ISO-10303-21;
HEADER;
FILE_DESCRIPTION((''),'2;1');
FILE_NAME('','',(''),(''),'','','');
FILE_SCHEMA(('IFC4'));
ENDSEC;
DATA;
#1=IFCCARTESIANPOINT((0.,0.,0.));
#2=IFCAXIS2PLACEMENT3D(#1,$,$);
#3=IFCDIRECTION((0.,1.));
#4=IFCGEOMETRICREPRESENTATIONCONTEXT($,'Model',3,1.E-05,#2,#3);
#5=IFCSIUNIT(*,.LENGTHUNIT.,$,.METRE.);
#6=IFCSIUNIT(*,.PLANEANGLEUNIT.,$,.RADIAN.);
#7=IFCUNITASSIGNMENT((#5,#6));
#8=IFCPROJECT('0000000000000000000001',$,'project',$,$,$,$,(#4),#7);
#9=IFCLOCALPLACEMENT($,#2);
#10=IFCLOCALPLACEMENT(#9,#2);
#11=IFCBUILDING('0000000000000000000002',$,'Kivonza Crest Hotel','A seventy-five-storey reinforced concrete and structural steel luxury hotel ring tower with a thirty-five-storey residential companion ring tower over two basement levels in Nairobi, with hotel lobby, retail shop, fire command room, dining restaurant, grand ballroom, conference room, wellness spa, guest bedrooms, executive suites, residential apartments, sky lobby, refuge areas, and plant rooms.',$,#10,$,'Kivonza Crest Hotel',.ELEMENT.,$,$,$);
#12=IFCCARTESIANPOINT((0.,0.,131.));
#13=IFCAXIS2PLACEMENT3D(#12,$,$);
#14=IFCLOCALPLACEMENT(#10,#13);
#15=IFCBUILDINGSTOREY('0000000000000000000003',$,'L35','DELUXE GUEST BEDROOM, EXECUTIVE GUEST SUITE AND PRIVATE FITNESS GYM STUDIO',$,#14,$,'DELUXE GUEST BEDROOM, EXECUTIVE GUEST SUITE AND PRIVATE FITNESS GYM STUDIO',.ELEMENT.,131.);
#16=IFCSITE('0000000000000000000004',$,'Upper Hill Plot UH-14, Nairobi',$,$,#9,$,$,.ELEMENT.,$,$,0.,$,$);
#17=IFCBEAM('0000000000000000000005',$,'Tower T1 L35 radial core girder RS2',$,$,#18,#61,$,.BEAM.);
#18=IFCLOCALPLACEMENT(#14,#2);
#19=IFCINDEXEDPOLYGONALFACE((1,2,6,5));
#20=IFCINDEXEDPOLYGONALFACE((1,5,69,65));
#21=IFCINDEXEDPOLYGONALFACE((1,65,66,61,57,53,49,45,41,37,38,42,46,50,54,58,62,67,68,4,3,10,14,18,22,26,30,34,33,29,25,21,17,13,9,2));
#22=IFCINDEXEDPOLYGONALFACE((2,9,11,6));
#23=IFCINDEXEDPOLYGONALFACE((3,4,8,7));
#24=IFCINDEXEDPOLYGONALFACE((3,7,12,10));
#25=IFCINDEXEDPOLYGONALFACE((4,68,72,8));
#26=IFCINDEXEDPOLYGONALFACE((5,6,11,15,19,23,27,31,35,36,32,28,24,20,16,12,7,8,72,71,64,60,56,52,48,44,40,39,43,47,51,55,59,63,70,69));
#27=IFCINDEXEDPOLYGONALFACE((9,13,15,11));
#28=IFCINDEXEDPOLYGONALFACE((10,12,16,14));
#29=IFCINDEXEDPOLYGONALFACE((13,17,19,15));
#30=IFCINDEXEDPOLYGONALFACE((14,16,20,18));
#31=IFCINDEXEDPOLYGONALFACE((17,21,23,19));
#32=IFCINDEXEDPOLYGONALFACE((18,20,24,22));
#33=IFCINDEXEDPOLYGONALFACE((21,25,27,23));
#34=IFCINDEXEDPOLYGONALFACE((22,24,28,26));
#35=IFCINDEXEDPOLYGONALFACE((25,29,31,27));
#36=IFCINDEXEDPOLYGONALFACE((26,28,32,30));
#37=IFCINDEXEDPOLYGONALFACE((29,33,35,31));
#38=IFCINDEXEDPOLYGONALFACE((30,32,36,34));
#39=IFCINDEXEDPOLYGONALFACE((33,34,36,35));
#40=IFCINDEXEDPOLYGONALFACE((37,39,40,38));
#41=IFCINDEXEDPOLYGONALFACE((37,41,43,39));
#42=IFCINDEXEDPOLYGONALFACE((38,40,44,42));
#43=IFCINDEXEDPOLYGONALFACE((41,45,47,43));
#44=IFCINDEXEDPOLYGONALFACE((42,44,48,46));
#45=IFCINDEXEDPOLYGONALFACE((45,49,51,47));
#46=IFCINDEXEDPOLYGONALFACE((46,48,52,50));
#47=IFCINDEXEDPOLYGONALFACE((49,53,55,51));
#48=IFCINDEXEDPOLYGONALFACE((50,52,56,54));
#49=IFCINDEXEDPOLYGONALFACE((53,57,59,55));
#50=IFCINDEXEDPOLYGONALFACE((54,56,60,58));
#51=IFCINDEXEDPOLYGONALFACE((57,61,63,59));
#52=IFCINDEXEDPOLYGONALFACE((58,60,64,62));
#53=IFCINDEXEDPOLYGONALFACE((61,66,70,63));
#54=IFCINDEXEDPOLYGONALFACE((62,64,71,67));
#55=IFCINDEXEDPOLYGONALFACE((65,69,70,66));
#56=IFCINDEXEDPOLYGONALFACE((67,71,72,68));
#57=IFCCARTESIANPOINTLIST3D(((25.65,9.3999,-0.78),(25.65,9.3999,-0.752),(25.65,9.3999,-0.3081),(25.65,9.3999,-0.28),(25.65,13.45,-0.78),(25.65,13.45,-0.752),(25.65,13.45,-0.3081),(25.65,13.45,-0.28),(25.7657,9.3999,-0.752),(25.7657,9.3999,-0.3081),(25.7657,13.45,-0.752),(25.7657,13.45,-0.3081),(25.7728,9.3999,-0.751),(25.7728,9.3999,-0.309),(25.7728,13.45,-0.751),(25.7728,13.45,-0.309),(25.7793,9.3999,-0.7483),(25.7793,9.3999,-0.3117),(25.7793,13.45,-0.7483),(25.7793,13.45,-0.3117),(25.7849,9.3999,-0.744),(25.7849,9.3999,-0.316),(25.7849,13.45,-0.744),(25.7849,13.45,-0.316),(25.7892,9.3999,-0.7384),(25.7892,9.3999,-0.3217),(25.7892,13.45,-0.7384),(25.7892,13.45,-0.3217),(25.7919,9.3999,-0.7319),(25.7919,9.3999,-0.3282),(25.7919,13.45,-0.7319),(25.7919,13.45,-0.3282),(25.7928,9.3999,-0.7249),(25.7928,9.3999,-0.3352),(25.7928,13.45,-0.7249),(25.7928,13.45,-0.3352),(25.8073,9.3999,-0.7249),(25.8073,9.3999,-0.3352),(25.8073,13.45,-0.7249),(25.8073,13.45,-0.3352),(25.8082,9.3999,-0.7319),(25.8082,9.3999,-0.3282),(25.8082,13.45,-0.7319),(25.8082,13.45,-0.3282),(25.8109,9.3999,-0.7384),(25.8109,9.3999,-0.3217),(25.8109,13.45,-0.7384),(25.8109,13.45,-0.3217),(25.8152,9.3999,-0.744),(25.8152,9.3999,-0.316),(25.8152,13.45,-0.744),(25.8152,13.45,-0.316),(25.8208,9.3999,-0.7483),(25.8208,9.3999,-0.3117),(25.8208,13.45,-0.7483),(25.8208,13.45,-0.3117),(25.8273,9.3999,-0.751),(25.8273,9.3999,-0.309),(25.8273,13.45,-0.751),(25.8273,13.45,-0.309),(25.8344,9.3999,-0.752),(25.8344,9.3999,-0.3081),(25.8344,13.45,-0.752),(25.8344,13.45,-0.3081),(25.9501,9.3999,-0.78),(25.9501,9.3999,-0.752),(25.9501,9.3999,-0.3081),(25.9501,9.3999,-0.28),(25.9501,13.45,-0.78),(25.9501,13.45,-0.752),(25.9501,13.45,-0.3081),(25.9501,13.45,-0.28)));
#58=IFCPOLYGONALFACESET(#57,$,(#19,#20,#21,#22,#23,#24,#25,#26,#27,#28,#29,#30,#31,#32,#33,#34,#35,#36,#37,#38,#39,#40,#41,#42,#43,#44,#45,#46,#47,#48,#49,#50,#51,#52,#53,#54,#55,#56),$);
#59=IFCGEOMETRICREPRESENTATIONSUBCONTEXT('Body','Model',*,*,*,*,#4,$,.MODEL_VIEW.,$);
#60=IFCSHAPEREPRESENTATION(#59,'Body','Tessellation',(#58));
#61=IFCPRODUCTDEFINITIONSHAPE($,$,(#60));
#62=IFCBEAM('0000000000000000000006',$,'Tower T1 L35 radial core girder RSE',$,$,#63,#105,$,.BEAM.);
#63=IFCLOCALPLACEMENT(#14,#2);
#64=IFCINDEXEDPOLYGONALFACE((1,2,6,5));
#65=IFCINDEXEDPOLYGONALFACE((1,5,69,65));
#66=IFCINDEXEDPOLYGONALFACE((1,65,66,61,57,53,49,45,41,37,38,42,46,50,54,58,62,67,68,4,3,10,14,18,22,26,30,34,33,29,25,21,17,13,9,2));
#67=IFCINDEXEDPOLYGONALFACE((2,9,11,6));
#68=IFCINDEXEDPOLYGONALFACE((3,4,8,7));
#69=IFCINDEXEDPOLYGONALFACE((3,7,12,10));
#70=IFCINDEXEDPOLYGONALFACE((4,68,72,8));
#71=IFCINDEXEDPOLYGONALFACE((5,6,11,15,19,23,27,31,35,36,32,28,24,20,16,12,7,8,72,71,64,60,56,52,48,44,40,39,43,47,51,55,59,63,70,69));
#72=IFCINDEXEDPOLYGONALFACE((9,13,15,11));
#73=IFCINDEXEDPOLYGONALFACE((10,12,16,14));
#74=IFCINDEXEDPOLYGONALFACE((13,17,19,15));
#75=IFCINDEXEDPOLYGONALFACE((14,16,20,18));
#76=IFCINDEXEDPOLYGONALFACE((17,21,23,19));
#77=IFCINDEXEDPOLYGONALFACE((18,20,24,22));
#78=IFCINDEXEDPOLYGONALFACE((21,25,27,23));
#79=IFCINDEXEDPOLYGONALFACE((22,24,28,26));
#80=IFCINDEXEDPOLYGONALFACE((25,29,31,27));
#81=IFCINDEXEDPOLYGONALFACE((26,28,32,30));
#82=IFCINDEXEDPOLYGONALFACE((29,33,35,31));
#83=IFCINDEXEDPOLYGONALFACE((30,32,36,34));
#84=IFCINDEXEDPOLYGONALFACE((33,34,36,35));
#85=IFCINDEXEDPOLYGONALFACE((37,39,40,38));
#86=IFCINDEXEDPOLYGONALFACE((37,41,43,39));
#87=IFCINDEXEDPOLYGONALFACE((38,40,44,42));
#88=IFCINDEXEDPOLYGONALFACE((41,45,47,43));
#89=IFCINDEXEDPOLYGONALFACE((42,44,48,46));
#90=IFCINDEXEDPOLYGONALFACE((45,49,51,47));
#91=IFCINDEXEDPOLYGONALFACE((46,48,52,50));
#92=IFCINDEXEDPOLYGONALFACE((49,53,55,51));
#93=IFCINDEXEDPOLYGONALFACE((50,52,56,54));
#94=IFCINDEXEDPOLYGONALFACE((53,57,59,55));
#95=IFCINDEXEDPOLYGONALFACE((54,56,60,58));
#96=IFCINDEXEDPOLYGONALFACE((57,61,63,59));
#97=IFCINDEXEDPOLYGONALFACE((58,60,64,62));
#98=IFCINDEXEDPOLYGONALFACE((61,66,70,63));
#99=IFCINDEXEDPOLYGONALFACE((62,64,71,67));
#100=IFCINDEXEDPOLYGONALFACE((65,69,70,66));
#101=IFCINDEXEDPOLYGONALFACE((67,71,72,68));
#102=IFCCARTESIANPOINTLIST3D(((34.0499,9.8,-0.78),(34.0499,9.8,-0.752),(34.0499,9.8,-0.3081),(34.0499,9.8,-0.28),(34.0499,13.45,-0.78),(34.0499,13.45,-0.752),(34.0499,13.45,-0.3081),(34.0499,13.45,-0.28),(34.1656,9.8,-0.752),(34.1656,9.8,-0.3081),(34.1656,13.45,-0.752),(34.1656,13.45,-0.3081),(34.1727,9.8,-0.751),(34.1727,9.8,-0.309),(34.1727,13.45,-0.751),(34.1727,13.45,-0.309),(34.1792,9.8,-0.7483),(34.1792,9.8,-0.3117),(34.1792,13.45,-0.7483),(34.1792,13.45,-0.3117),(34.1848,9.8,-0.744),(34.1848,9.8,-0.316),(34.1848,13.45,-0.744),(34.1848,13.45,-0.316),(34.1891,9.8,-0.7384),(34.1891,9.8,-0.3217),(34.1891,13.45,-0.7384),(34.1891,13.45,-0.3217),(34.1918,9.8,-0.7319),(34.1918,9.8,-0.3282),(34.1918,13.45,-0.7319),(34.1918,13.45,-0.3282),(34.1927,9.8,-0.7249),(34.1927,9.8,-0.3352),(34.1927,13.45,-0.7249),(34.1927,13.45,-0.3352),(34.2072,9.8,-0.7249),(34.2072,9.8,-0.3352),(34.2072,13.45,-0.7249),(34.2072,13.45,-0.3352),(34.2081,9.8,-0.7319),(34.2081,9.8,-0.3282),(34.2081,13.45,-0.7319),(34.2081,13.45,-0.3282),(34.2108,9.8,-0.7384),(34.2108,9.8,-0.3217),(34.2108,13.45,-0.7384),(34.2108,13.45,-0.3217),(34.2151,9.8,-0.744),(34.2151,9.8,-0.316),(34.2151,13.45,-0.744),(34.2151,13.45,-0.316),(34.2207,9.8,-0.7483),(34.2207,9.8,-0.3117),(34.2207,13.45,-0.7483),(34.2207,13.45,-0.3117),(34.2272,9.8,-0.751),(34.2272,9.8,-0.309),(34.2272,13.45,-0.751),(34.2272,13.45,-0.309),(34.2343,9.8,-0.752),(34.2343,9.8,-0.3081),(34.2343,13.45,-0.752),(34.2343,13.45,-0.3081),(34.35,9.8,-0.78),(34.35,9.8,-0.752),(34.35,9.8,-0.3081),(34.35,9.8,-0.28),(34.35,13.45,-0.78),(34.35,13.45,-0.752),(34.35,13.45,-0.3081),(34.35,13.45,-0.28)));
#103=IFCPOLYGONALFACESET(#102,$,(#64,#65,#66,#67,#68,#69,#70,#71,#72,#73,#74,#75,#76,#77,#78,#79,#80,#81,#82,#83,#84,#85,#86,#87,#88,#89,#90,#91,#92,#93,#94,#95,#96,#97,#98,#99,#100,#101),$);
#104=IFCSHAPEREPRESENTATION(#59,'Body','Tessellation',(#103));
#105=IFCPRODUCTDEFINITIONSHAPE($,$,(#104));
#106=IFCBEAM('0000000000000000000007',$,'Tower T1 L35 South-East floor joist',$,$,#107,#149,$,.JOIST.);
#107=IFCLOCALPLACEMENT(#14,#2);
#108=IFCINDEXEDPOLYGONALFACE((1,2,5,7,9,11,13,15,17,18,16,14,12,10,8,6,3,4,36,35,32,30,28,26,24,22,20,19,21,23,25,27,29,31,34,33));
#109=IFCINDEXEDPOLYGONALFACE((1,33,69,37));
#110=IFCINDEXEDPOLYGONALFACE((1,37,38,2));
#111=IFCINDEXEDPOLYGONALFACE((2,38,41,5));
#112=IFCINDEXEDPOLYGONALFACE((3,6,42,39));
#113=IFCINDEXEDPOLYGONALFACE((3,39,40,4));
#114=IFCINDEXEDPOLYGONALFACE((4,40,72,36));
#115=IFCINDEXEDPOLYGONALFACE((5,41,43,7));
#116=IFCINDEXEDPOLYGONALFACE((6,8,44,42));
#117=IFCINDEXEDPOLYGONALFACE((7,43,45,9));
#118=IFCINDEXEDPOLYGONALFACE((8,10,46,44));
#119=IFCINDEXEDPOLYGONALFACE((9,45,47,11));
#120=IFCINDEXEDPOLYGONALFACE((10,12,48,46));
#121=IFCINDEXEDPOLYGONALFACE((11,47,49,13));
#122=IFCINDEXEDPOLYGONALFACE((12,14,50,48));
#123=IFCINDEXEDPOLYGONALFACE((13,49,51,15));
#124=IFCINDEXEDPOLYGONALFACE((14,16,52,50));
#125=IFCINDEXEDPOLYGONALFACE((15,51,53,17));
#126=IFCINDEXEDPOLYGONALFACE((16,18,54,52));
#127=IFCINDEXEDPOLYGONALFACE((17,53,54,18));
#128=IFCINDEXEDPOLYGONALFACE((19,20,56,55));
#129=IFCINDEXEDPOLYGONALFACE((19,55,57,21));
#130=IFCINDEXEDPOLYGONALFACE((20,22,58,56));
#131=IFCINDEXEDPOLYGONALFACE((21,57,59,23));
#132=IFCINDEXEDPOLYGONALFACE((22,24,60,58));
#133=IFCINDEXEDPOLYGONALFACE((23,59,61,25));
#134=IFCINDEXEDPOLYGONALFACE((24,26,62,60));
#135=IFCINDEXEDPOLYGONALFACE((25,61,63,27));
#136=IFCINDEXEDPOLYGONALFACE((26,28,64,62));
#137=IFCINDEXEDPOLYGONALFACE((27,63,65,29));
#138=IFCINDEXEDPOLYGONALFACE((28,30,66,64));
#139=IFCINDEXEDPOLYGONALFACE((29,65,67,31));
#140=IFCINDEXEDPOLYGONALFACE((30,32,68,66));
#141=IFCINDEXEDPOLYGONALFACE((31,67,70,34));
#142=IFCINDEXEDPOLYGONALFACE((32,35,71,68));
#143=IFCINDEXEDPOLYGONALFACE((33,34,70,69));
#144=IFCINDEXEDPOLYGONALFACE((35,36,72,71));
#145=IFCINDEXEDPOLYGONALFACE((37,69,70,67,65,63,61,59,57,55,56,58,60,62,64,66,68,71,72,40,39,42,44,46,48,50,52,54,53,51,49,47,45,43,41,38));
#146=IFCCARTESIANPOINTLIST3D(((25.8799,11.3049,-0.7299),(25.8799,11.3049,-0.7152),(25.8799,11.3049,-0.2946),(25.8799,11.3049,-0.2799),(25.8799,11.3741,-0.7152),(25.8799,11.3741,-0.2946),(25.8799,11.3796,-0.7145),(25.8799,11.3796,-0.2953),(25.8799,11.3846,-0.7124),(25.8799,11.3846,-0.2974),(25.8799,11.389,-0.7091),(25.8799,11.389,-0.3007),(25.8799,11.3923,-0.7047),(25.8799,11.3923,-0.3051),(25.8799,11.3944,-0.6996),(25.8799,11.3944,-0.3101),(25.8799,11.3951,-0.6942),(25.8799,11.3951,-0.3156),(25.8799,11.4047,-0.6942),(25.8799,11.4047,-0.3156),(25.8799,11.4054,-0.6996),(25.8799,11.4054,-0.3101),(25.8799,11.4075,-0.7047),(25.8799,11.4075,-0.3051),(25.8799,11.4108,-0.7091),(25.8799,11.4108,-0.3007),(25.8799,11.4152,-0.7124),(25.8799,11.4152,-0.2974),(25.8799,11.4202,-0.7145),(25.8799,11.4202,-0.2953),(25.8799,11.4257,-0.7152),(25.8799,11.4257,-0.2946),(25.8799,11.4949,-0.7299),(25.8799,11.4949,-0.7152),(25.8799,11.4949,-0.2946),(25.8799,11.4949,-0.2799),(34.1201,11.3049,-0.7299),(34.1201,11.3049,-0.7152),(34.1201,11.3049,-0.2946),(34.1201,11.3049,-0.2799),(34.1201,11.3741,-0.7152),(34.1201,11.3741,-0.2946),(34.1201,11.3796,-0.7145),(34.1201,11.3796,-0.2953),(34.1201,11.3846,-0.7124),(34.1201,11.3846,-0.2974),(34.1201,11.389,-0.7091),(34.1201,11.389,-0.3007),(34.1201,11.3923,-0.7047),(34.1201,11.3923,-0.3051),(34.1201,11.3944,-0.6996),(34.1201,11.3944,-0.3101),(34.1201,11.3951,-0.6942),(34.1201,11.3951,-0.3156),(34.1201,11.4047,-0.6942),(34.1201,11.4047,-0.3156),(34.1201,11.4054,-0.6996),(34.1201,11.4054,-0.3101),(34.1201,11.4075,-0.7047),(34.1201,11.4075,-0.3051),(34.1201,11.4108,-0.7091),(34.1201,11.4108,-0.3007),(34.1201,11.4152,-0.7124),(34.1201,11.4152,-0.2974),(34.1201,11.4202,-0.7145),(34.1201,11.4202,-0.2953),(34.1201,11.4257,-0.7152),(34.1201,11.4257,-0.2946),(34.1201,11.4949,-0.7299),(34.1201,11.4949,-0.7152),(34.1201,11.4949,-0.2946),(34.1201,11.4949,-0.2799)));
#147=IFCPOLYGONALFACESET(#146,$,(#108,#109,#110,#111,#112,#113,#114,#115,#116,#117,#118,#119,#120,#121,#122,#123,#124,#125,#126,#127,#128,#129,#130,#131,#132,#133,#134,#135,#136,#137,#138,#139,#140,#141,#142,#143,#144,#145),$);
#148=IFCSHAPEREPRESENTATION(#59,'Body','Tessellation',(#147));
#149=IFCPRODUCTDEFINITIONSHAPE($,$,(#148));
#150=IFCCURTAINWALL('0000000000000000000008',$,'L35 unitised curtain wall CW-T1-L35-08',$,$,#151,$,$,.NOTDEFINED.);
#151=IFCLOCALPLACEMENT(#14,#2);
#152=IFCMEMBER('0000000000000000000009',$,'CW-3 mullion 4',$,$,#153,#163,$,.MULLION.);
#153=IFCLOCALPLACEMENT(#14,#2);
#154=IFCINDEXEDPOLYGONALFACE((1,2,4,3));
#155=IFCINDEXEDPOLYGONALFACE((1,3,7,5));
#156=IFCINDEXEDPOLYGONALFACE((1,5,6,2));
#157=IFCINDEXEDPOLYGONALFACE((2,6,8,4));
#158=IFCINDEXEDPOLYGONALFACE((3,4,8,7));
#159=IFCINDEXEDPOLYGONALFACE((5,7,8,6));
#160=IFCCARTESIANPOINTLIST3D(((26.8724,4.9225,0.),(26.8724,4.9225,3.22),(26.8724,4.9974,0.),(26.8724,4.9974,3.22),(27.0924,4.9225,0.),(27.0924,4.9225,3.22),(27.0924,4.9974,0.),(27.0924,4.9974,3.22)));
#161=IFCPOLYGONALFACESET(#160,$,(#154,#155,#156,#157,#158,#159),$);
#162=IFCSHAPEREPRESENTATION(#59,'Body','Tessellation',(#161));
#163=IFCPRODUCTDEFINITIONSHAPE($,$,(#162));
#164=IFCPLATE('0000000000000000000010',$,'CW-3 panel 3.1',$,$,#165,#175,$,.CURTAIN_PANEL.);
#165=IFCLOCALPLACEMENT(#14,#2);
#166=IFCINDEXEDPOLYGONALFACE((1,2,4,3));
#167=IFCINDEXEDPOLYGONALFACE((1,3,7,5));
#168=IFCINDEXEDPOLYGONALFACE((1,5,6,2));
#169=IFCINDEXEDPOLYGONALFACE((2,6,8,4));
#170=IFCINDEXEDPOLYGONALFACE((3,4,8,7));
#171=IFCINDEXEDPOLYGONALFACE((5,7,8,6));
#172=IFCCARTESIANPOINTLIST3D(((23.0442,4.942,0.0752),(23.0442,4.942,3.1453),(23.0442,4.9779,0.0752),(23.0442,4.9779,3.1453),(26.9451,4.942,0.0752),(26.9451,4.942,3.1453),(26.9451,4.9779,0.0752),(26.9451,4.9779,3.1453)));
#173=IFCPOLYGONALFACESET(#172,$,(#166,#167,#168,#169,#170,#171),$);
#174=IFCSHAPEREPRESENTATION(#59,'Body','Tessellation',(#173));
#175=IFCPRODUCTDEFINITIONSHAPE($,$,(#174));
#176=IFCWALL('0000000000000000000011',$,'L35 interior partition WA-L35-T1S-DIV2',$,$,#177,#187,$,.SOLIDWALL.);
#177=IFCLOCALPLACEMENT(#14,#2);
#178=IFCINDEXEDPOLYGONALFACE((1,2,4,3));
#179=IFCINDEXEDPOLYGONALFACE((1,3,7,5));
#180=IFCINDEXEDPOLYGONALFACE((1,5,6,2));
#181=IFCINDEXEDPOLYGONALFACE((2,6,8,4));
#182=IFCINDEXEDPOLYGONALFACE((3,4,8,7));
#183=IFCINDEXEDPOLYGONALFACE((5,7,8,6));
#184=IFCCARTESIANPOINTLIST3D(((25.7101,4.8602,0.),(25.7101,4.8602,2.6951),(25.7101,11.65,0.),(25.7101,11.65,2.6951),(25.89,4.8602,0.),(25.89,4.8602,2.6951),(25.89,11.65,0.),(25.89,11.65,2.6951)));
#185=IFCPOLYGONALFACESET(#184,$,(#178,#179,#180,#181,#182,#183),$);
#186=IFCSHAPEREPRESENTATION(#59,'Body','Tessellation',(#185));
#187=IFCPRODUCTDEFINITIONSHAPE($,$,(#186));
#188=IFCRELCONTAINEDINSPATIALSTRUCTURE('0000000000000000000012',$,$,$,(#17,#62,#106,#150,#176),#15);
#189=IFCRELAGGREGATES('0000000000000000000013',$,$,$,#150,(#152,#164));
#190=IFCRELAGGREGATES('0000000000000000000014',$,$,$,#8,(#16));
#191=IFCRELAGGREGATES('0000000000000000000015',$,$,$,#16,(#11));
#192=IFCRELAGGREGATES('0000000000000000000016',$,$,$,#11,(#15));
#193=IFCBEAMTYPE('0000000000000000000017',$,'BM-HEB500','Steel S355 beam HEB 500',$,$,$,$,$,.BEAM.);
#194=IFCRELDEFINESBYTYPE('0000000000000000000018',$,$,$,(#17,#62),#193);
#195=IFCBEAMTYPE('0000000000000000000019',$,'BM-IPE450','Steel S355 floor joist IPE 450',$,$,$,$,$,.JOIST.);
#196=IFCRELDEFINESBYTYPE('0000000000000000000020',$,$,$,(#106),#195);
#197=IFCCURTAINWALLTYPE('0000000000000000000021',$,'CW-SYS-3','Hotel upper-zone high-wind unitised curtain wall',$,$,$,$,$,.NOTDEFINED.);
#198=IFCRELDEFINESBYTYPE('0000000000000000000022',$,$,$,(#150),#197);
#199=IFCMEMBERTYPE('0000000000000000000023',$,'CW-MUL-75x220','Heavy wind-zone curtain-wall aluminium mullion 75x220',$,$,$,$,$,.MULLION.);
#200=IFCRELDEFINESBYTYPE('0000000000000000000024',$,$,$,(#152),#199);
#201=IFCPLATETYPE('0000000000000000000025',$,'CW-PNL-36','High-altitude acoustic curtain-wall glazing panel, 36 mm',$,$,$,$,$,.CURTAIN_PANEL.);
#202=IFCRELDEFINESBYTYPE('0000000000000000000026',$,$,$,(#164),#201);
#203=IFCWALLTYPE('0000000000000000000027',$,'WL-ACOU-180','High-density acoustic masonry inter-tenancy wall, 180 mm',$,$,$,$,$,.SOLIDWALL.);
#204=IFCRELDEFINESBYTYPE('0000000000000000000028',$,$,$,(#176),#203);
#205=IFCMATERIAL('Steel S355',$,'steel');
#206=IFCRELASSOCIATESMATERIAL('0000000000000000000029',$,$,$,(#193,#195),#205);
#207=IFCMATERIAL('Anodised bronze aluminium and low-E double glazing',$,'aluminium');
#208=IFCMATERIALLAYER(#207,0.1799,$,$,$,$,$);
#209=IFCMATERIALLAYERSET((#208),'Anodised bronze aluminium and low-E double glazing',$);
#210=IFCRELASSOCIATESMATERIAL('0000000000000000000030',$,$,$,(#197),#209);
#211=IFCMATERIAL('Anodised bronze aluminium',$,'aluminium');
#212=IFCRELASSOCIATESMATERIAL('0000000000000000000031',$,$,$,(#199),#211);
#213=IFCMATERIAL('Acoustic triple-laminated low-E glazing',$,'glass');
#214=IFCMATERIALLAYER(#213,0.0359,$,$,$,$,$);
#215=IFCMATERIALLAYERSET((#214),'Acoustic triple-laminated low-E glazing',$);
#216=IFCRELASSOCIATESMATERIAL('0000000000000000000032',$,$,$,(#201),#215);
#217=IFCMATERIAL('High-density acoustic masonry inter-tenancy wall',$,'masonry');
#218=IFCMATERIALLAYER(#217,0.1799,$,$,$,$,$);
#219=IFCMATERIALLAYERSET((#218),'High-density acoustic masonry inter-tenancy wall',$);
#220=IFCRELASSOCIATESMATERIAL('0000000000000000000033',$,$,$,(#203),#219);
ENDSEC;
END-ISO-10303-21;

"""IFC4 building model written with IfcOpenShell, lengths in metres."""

from ifc_helpers import new_model, si_unit, direction, frame, frame_2d, origin, origin_2d, place, context, subcontext, project, spatial, rectangle, i_section, extrude, material, layer, layer_set, material_profile, profile_set, type_object, element, aggregate, save


model = new_model("IFC4")

# Units and contexts
model_context = context("Model", 3, precision=1e-05, world=origin(), true_north=direction((0.0, 1.0)))
body_context = subcontext(model_context, "Body", "Model", "MODEL_VIEW")
ifc_project = project(units=[si_unit("LENGTHUNIT", "METRE"), si_unit("PLANEANGLEUNIT", "RADIAN")], contexts=[model_context])

# Site, building, storey
site_placement = place(None, origin())
site = spatial("IfcSite", under=ifc_project, at=site_placement, Name="Upper Hill Plot UH-14, Nairobi", CompositionType="ELEMENT", RefElevation=0.0)
building_placement = place(site_placement, origin())
building = spatial("IfcBuilding", under=site, at=building_placement, Name="Kivonza Crest Hotel", Description="A seventy-five-storey reinforced concrete and structural steel luxury hotel ring tower with a thirty-five-storey residential companion ring tower over two basement levels in Nairobi, with hotel lobby, retail shop, fire command room, dining restaurant, grand ballroom, conference room, wellness spa, guest bedrooms, executive suites, residential apartments, sky lobby, refuge areas, and plant rooms.", LongName="Kivonza Crest Hotel", CompositionType="ELEMENT")
storey_placement = place(building_placement, frame((0.0, 0.0, 131.0)))
storey = spatial("IfcBuildingStorey", under=building, at=storey_placement, Name="L35", Description="DELUXE GUEST BEDROOM, EXECUTIVE GUEST SUITE AND PRIVATE FITNESS GYM STUDIO", LongName="DELUXE GUEST BEDROOM, EXECUTIVE GUEST SUITE AND PRIVATE FITNESS GYM STUDIO", CompositionType="ELEMENT", Elevation=131.0)

# Beams
ifc_material_1 = material(Name="Steel S355", Category="steel")
ifc_material_profile_1 = material_profile(ifc_material_1, i_section(OverallWidth=0.3, OverallDepth=0.5, WebThickness=0.0144, FlangeThickness=0.0281, FilletRadius=0.0271, at=origin_2d()), Name="HEB 500")
ifc_profile_set_1 = profile_set([ifc_material_profile_1], Name="Steel S355")
beam_type_1 = type_object("IfcBeamType", Name="BM-HEB500", Description="Steel S355 beam HEB 500", PredefinedType="BEAM", material=ifc_profile_set_1)
beam_1_placement = place(storey_placement, frame((25.8, 9.3999, -0.53), z_axis=(0.0, 1.0, 0.0), x_axis=(-1.0, 0.0, 0.0)))
element("IfcBeam", 1, at=beam_1_placement, inside=storey, type_object=beam_type_1, Name="Tower T1 L35 radial core girder RS2", PredefinedType="BEAM", context=body_context, shape_type="SweptSolid", body=[
    extrude(i_section(OverallWidth=0.3, OverallDepth=0.5, WebThickness=0.0144, FlangeThickness=0.0281, FilletRadius=0.0271, at=origin_2d()), origin(), (0.0, 0.0, 1.0), 4.05),
])
beam_2_placement = place(storey_placement, frame((34.2, 9.8, -0.53), z_axis=(0.0, 1.0, 0.0), x_axis=(-1.0, 0.0, 0.0)))
element("IfcBeam", 2, at=beam_2_placement, inside=storey, type_object=beam_type_1, Name="Tower T1 L35 radial core girder RSE", PredefinedType="BEAM", context=body_context, shape_type="SweptSolid", body=[
    extrude(i_section(OverallWidth=0.3, OverallDepth=0.5, WebThickness=0.0144, FlangeThickness=0.0281, FilletRadius=0.0271, at=origin_2d()), origin(), (0.0, 0.0, 1.0), 3.6499),
])
ifc_material_profile_2 = material_profile(ifc_material_1, i_section(OverallWidth=0.1899, OverallDepth=0.45, WebThickness=0.0095, FlangeThickness=0.0146, FilletRadius=0.021, at=origin_2d()), Name="IPE 450")
ifc_profile_set_2 = profile_set([ifc_material_profile_2], Name="Steel S355")
beam_type_2 = type_object("IfcBeamType", Name="BM-IPE450", Description="Steel S355 floor joist IPE 450", PredefinedType="JOIST", material=ifc_profile_set_2)
beam_3_placement = place(storey_placement, frame((25.8799, 11.3999, -0.5049), z_axis=(1.0, 0.0, 0.0), x_axis=(0.0, 1.0, 0.0)))
element("IfcBeam", 3, at=beam_3_placement, inside=storey, type_object=beam_type_2, Name="Tower T1 L35 South-East floor joist", PredefinedType="JOIST", context=body_context, shape_type="SweptSolid", body=[
    extrude(i_section(OverallWidth=0.1899, OverallDepth=0.45, WebThickness=0.0095, FlangeThickness=0.0146, FilletRadius=0.021, at=origin_2d()), origin(), (0.0, 0.0, 1.0), 8.2402),
])

# Curtain wall, member, plate
ifc_material_2 = material(Name="Anodised bronze aluminium and low-E double glazing", Category="aluminium")
ifc_layer_1 = layer(ifc_material_2, 0.1799)
ifc_layer_set_1 = layer_set([ifc_layer_1], Name="Anodised bronze aluminium and low-E double glazing")
curtain_wall_type = type_object("IfcCurtainWallType", Name="CW-SYS-3", Description="Hotel upper-zone high-wind unitised curtain wall", PredefinedType="NOTDEFINED", material=ifc_layer_set_1)
curtain_wall_placement = place(storey_placement, origin())
curtain_wall = element("IfcCurtainWall", 4, at=curtain_wall_placement, inside=storey, type_object=curtain_wall_type, Name="L35 unitised curtain wall CW-T1-L35-08", PredefinedType="NOTDEFINED")
ifc_material_3 = material(Name="Anodised bronze aluminium", Category="aluminium")
ifc_material_profile_3 = material_profile(ifc_material_3, rectangle(XDim=0.075, YDim=0.22, at=origin_2d()), Name="CW-M 75x220")
ifc_profile_set_3 = profile_set([ifc_material_profile_3], Name="Anodised bronze aluminium")
member_type = type_object("IfcMemberType", Name="CW-MUL-75x220", Description="Heavy wind-zone curtain-wall aluminium mullion 75x220", PredefinedType="MULLION", material=ifc_profile_set_3)
member_placement = place(storey_placement, frame((26.9824, 4.96, 0.0), z_axis=(0.0, 0.0, 1.0), x_axis=(0.0, 1.0, 0.0)))
member = element("IfcMember", 5, at=member_placement, type_object=member_type, Name="CW-3 mullion 4", PredefinedType="MULLION", context=body_context, shape_type="SweptSolid", body=[
    extrude(rectangle(XDim=0.075, YDim=0.22, at=origin_2d()), origin(), (0.0, 0.0, 1.0), 3.22),
])
ifc_material_4 = material(Name="Acoustic triple-laminated low-E glazing", Category="glass")
ifc_layer_2 = layer(ifc_material_4, 0.0359)
ifc_layer_set_2 = layer_set([ifc_layer_2], Name="Acoustic triple-laminated low-E glazing")
plate_type = type_object("IfcPlateType", Name="CW-PNL-36", Description="High-altitude acoustic curtain-wall glazing panel, 36 mm", PredefinedType="CURTAIN_PANEL", material=ifc_layer_set_2)
plate_placement = place(storey_placement, frame((24.9946, 4.96, 0.0752), z_axis=(0.0, 0.0, 1.0), x_axis=(1.0, 0.0, 0.0)))
plate = element("IfcPlate", 6, at=plate_placement, type_object=plate_type, Name="CW-3 panel 3.1", PredefinedType="CURTAIN_PANEL", context=body_context, shape_type="SweptSolid", body=[
    extrude(rectangle(XDim=3.9009, YDim=0.0359, at=origin_2d()), origin(), (0.0, 0.0, 1.0), 3.0701),
])
aggregate(curtain_wall, [member, plate])

# Wall
ifc_material_5 = material(Name="High-density acoustic masonry inter-tenancy wall", Category="masonry")
ifc_layer_3 = layer(ifc_material_5, 0.1799)
ifc_layer_set_3 = layer_set([ifc_layer_3], Name="High-density acoustic masonry inter-tenancy wall")
wall_type_1 = type_object("IfcWallType", Name="WL-ACOU-180", Description="High-density acoustic masonry inter-tenancy wall, 180 mm", PredefinedType="SOLIDWALL", material=ifc_layer_set_3)
wall_1_placement = place(storey_placement, frame((25.8, 4.8601, 0.0), z_axis=(0.0, 0.0, 1.0), x_axis=(0.0, 1.0, 0.0)))
element("IfcWall", 7, at=wall_1_placement, inside=storey, type_object=wall_type_1, Name="L35 interior partition WA-L35-T1S-DIV2", PredefinedType="SOLIDWALL", context=body_context, shape_type="SweptSolid", body=[
    extrude(rectangle(XDim=6.7898, YDim=0.1799, at=frame_2d((3.395, 0.0))), origin(), (0.0, 0.0, 1.0), 2.6951),
])

save(model, "model.ifc")
